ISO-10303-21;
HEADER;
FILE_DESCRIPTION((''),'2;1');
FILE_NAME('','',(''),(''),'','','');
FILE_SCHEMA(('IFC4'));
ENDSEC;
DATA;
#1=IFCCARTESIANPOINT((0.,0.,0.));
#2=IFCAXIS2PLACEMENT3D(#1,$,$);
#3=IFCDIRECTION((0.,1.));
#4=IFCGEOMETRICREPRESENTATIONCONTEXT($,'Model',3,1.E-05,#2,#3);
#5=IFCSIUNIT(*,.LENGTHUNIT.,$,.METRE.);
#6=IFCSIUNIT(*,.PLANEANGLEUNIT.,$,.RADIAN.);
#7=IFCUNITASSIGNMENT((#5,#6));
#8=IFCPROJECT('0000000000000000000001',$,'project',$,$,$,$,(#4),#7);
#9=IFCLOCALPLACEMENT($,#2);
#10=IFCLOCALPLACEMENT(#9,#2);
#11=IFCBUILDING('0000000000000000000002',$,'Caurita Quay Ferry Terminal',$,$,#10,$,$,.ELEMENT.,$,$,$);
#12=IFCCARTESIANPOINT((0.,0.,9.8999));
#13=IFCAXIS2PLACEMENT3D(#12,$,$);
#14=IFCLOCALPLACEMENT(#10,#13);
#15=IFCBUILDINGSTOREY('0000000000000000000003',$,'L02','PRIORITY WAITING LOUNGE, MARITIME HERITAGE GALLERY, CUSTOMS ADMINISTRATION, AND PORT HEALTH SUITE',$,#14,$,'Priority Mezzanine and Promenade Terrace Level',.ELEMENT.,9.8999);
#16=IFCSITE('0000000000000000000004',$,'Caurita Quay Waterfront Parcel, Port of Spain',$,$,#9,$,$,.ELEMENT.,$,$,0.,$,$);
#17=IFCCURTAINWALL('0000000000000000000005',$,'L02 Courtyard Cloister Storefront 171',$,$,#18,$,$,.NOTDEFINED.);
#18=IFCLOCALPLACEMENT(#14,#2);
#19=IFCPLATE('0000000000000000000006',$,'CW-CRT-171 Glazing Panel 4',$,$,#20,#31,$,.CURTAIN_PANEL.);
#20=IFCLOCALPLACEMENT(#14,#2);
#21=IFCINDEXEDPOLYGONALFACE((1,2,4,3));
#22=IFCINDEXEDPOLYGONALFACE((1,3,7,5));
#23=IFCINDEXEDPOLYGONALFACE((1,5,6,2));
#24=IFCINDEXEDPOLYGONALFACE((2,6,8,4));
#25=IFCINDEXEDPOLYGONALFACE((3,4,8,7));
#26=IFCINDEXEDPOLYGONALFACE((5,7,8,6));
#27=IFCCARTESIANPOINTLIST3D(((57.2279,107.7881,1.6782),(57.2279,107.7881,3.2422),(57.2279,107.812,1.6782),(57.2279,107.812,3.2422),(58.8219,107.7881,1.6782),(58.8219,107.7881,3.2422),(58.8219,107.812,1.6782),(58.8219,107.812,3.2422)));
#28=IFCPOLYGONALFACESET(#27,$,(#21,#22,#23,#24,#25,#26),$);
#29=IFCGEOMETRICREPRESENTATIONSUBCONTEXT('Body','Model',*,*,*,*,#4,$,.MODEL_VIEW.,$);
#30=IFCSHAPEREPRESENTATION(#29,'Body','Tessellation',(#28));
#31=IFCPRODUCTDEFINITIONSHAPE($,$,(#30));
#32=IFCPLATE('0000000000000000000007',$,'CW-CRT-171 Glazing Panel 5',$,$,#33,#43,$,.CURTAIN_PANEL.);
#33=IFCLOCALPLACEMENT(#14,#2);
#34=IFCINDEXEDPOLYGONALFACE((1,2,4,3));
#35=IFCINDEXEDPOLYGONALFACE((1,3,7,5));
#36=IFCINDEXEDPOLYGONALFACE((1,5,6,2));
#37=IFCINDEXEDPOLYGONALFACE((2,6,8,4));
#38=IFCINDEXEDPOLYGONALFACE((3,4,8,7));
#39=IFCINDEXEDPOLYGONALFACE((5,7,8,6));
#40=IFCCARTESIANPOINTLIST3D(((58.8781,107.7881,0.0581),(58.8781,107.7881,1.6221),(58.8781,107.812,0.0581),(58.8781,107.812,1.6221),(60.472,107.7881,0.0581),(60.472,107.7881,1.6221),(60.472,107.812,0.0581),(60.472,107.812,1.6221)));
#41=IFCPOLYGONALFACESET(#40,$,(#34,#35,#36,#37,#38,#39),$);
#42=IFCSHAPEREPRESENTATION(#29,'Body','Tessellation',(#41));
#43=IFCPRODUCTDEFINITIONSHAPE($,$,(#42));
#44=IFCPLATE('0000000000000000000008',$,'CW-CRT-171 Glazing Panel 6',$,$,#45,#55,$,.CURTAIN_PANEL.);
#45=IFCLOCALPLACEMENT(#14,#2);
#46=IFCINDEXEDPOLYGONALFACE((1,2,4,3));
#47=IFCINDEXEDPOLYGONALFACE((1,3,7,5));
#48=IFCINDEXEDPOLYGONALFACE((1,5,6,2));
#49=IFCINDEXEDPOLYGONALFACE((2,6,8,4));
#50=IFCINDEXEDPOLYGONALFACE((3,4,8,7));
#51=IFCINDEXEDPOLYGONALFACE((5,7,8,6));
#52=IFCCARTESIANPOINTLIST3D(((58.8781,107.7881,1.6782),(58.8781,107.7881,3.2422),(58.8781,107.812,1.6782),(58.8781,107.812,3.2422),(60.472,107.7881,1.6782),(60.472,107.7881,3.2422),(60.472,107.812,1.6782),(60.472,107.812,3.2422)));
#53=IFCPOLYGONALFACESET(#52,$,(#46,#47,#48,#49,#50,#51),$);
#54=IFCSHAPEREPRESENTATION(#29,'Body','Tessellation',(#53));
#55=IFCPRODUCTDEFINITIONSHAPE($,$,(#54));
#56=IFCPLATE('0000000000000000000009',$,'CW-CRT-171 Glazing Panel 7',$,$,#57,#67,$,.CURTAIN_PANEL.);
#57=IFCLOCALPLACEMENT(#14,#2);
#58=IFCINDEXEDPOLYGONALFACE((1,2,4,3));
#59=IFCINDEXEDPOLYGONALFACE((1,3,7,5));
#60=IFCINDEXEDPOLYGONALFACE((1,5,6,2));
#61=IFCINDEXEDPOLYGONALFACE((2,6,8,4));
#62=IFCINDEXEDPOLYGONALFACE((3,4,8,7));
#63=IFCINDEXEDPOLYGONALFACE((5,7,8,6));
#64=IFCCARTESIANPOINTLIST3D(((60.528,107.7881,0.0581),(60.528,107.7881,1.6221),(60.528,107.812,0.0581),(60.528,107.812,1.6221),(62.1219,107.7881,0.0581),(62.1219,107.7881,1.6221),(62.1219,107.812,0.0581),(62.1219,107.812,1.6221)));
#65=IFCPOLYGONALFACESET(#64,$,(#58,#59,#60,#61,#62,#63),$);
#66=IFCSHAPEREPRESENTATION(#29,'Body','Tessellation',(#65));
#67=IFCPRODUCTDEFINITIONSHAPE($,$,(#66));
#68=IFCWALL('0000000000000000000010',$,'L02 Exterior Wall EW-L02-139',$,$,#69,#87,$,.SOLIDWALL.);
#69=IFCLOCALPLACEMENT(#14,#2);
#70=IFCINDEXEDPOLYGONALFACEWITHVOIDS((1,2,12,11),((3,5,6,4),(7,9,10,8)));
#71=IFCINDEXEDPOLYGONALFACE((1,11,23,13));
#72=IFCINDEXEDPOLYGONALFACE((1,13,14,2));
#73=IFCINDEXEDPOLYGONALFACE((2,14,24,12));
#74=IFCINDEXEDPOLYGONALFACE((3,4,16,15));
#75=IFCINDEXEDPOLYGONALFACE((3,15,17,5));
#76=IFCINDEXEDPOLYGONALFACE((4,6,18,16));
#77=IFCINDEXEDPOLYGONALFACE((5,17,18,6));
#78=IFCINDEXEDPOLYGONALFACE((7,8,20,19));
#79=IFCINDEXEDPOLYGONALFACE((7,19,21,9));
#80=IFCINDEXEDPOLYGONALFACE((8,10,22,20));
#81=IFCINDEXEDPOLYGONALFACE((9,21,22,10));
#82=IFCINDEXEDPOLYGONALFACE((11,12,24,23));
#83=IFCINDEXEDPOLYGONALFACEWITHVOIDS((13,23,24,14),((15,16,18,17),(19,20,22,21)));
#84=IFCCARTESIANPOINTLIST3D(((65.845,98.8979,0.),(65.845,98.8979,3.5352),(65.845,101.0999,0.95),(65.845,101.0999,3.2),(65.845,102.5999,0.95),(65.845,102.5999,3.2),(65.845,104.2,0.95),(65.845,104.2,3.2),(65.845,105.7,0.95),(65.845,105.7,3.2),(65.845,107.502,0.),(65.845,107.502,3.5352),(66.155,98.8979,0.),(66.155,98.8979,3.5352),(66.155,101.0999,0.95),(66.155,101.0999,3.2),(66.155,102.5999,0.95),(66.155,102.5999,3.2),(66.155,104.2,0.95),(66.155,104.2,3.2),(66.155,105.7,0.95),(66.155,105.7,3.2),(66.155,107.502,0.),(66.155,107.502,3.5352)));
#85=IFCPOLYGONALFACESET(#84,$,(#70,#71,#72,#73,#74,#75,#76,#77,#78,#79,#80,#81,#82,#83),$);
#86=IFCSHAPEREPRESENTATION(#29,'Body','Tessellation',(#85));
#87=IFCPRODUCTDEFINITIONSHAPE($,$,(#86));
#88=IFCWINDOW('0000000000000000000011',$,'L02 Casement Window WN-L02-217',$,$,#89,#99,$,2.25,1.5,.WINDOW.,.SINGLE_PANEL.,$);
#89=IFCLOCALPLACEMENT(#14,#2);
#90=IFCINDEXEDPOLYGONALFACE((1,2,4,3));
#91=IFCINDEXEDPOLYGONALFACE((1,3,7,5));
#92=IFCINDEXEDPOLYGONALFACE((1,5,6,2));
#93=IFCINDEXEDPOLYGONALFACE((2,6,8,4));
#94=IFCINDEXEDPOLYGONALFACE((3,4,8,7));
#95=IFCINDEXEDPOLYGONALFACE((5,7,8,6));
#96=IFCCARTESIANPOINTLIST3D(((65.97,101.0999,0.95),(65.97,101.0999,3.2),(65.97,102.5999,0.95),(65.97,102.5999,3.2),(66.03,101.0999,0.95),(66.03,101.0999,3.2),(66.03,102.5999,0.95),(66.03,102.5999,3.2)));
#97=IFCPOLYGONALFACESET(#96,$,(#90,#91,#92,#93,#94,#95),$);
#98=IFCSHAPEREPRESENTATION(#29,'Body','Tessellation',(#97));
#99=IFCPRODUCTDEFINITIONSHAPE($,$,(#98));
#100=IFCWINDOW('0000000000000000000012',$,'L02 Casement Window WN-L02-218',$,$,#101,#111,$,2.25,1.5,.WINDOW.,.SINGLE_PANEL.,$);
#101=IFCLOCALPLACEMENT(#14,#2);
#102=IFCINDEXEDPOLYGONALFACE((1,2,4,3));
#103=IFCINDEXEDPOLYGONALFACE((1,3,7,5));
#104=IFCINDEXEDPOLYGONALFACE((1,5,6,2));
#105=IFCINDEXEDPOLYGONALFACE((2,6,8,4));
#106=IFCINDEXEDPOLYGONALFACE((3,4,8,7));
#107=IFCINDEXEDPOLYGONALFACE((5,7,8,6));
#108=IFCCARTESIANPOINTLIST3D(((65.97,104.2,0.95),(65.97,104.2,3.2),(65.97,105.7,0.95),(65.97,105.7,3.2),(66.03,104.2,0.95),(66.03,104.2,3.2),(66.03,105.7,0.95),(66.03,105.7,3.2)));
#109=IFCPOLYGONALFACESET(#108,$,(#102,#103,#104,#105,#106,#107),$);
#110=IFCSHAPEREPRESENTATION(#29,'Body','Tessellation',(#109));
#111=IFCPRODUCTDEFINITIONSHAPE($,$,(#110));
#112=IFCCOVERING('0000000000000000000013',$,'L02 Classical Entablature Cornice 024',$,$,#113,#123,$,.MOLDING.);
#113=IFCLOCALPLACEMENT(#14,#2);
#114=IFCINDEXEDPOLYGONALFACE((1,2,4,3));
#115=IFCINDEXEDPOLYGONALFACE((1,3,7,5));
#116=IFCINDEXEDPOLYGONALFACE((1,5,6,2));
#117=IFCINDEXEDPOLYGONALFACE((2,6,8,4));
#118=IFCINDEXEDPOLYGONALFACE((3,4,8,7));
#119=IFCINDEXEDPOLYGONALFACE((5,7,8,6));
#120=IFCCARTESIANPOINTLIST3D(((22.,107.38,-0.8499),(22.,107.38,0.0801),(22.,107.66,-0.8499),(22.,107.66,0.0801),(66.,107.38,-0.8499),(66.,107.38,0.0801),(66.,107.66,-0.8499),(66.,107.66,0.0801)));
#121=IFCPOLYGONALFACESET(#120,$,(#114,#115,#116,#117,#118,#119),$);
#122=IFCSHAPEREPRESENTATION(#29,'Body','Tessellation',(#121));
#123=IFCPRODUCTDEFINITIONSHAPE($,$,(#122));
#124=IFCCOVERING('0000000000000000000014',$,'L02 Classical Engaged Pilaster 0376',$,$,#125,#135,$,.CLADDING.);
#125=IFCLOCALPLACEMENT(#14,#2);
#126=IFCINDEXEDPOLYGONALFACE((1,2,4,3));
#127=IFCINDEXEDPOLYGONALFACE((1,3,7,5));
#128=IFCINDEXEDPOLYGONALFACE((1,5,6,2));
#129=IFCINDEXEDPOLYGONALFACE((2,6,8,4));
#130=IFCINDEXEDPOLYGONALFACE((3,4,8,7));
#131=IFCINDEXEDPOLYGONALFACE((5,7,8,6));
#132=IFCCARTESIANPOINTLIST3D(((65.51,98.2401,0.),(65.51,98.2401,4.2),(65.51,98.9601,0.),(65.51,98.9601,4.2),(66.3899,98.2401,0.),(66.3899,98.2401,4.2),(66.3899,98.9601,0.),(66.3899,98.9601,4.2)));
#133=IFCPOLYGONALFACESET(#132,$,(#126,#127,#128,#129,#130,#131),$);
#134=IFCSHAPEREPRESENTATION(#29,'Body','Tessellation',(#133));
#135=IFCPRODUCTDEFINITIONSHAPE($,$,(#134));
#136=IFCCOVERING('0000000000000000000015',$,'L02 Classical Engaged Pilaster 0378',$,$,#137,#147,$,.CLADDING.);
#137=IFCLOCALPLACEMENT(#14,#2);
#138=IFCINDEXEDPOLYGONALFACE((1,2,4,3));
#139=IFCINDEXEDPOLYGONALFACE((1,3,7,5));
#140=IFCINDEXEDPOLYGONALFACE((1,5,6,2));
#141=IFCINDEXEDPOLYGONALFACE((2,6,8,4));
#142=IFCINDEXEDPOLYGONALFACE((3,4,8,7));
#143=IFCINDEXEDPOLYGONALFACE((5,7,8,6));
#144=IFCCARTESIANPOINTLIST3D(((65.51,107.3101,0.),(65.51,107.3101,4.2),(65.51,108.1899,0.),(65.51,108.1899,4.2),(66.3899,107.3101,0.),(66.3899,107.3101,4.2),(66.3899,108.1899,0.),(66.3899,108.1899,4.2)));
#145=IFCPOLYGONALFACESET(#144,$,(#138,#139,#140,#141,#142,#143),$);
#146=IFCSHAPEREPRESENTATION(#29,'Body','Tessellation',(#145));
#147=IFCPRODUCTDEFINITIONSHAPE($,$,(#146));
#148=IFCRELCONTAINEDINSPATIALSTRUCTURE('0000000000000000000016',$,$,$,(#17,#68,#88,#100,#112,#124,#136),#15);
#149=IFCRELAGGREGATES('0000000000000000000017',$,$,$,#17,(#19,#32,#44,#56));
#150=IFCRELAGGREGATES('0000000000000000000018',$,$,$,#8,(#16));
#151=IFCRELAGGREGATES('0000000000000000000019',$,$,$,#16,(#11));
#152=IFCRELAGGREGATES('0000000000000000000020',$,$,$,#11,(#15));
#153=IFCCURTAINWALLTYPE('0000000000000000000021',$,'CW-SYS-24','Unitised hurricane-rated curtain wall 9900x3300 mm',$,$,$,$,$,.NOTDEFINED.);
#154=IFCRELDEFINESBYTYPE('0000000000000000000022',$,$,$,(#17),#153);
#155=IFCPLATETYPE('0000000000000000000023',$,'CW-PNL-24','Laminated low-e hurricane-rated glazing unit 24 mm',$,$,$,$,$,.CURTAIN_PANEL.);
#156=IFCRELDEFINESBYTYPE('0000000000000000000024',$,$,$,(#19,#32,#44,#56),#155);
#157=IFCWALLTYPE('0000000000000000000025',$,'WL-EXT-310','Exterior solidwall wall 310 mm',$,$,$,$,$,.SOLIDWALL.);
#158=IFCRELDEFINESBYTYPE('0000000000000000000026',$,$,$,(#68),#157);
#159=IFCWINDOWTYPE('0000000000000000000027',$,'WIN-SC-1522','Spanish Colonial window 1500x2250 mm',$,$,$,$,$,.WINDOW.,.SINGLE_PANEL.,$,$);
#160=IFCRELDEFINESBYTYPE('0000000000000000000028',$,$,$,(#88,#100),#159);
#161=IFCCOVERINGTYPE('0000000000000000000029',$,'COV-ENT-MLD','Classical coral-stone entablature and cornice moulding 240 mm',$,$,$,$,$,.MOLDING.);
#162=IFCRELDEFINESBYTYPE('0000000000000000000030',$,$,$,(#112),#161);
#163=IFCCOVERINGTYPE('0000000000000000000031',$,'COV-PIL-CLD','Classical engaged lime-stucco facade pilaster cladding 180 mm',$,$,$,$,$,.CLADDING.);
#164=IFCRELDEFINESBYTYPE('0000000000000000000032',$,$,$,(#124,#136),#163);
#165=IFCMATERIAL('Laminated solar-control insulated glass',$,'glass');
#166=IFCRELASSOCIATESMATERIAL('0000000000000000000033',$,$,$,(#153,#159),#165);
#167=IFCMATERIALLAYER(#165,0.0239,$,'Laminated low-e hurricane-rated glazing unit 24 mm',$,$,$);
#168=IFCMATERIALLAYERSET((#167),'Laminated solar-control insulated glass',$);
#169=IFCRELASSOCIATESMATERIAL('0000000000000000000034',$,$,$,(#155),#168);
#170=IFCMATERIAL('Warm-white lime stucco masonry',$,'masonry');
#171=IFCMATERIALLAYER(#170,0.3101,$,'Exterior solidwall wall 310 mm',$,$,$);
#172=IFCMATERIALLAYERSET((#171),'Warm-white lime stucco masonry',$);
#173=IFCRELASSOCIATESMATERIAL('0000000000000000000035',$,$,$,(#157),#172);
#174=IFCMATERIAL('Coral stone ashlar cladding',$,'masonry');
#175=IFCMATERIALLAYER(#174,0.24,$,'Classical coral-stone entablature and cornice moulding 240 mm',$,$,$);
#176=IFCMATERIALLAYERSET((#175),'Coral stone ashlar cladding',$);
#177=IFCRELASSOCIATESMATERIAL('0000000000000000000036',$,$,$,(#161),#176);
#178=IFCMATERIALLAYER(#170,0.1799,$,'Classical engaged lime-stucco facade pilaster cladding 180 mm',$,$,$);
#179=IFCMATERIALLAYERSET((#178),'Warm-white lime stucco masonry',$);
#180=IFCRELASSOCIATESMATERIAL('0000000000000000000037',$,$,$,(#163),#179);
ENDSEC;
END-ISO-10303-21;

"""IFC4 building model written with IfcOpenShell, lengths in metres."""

from ifc_helpers import new_model, si_unit, direction, frame, frame_2d, origin, origin_2d, place, context, subcontext, project, spatial, rectangle, extrude, material, layer, layer_set, type_object, element, fill, aggregate, save


model = new_model("IFC4")

# Units and contexts
model_context = context("Model", 3, precision=1e-05, world=origin(), true_north=direction((0.0, 1.0)))
body_context = subcontext(model_context, "Body", "Model", "MODEL_VIEW")
ifc_project = project(units=[si_unit("LENGTHUNIT", "METRE"), si_unit("PLANEANGLEUNIT", "RADIAN")], contexts=[model_context])

# Site, building, storey
site_placement = place(None, origin())
site = spatial("IfcSite", under=ifc_project, at=site_placement, Name="Caurita Quay Waterfront Parcel, Port of Spain", CompositionType="ELEMENT", RefElevation=0.0)
building_placement = place(site_placement, origin())
building = spatial("IfcBuilding", under=site, at=building_placement, Name="Caurita Quay Ferry Terminal", CompositionType="ELEMENT")
storey_placement = place(building_placement, frame((0.0, 0.0, 9.8999)))
storey = spatial("IfcBuildingStorey", under=building, at=storey_placement, Name="L02", Description="PRIORITY WAITING LOUNGE, MARITIME HERITAGE GALLERY, CUSTOMS ADMINISTRATION, AND PORT HEALTH SUITE", LongName="Priority Mezzanine and Promenade Terrace Level", CompositionType="ELEMENT", Elevation=9.8999)

# Curtain wall, plates
ifc_material_1 = material(Name="Laminated solar-control insulated glass", Category="glass")
curtain_wall_type = type_object("IfcCurtainWallType", Name="CW-SYS-24", Description="Unitised hurricane-rated curtain wall 9900x3300 mm", PredefinedType="NOTDEFINED", material=ifc_material_1)
curtain_wall_placement = place(storey_placement, origin())
curtain_wall = element("IfcCurtainWall", 1, at=curtain_wall_placement, inside=storey, type_object=curtain_wall_type, Name="L02 Courtyard Cloister Storefront 171", PredefinedType="NOTDEFINED")
ifc_layer_1 = layer(ifc_material_1, 0.0239, Name="Laminated low-e hurricane-rated glazing unit 24 mm")
ifc_layer_set_1 = layer_set([ifc_layer_1], Name="Laminated solar-control insulated glass")
plate_type = type_object("IfcPlateType", Name="CW-PNL-24", Description="Laminated low-e hurricane-rated glazing unit 24 mm", PredefinedType="CURTAIN_PANEL", material=ifc_layer_set_1)
plate_1_placement = place(storey_placement, frame((58.0249, 107.8, 1.6782), z_axis=(0.0, 0.0, 1.0), x_axis=(1.0, 0.0, 0.0)))
plate_1 = element("IfcPlate", 2, at=plate_1_placement, type_object=plate_type, Name="CW-CRT-171 Glazing Panel 4", PredefinedType="CURTAIN_PANEL", context=body_context, shape_type="SweptSolid", body=[
    extrude(rectangle(XDim=1.594, YDim=0.0239, at=origin_2d()), origin(), (0.0, 0.0, 1.0), 1.564),
])
plate_2_placement = place(storey_placement, frame((59.675, 107.8, 0.0581), z_axis=(0.0, 0.0, 1.0), x_axis=(1.0, 0.0, 0.0)))
plate_2 = element("IfcPlate", 3, at=plate_2_placement, type_object=plate_type, Name="CW-CRT-171 Glazing Panel 5", PredefinedType="CURTAIN_PANEL", context=body_context, shape_type="SweptSolid", body=[
    extrude(rectangle(XDim=1.594, YDim=0.0239, at=origin_2d()), origin(), (0.0, 0.0, 1.0), 1.564),
])
plate_3_placement = place(storey_placement, frame((59.675, 107.8, 1.6782), z_axis=(0.0, 0.0, 1.0), x_axis=(1.0, 0.0, 0.0)))
plate_3 = element("IfcPlate", 4, at=plate_3_placement, type_object=plate_type, Name="CW-CRT-171 Glazing Panel 6", PredefinedType="CURTAIN_PANEL", context=body_context, shape_type="SweptSolid", body=[
    extrude(rectangle(XDim=1.594, YDim=0.0239, at=origin_2d()), origin(), (0.0, 0.0, 1.0), 1.564),
])
plate_4_placement = place(storey_placement, frame((61.325, 107.8, 0.0581), z_axis=(0.0, 0.0, 1.0), x_axis=(1.0, 0.0, 0.0)))
plate_4 = element("IfcPlate", 5, at=plate_4_placement, type_object=plate_type, Name="CW-CRT-171 Glazing Panel 7", PredefinedType="CURTAIN_PANEL", context=body_context, shape_type="SweptSolid", body=[
    extrude(rectangle(XDim=1.594, YDim=0.0239, at=origin_2d()), origin(), (0.0, 0.0, 1.0), 1.564),
])
aggregate(curtain_wall, [plate_1, plate_2, plate_3, plate_4])

# Wall, openings, windows
ifc_material_2 = material(Name="Warm-white lime stucco masonry", Category="masonry")
ifc_layer_2 = layer(ifc_material_2, 0.3101, Name="Exterior solidwall wall 310 mm")
ifc_layer_set_2 = layer_set([ifc_layer_2], Name="Warm-white lime stucco masonry")
wall_type = type_object("IfcWallType", Name="WL-EXT-310", Description="Exterior solidwall wall 310 mm", PredefinedType="SOLIDWALL", material=ifc_layer_set_2)
wall_placement = place(storey_placement, frame((66.0, 98.8979, 0.0), z_axis=(0.0, 0.0, 1.0), x_axis=(0.0, 1.0, 0.0)))
wall = element("IfcWall", 6, at=wall_placement, inside=storey, type_object=wall_type, Name="L02 Exterior Wall EW-L02-139", PredefinedType="SOLIDWALL", context=body_context, shape_type="SweptSolid", body=[
    extrude(rectangle(XDim=8.604, YDim=0.3101, at=frame_2d((4.302, 0.0))), origin(), (0.0, 0.0, 1.0), 3.5352),
])
opening_1_placement = place(wall_placement, frame((2.2019, 0.0, 0.95)))
opening_1 = element("IfcOpeningElement", 7, at=opening_1_placement, cuts=wall, PredefinedType="OPENING", context=body_context, shape_type="SweptSolid", body=[
    extrude(rectangle(XDim=1.5, YDim=2.25, at=frame_2d((0.75, 1.125))), frame((0.0, 0.165, 0.0), z_axis=(0.0, -1.0, 0.0), x_axis=(1.0, 0.0, 0.0)), (0.0, 0.0, 1.0), 0.3301),
])
opening_2_placement = place(wall_placement, frame((5.302, 0.0, 0.95)))
opening_2 = element("IfcOpeningElement", 8, at=opening_2_placement, cuts=wall, PredefinedType="OPENING", context=body_context, shape_type="SweptSolid", body=[
    extrude(rectangle(XDim=1.5, YDim=2.25, at=frame_2d((0.75, 1.125))), frame((0.0, 0.165, 0.0), z_axis=(0.0, -1.0, 0.0), x_axis=(1.0, 0.0, 0.0)), (0.0, 0.0, 1.0), 0.3301),
])
window_type = type_object("IfcWindowType", Name="WIN-SC-1522", Description="Spanish Colonial window 1500x2250 mm", PartitioningType="SINGLE_PANEL", PredefinedType="WINDOW", material=ifc_material_1)
window_1_placement = place(opening_1_placement, origin())
window_1 = element("IfcWindow", 9, at=window_1_placement, inside=storey, type_object=window_type, Name="L02 Casement Window WN-L02-217", OverallHeight=2.25, OverallWidth=1.5, PartitioningType="SINGLE_PANEL", PredefinedType="WINDOW", context=body_context, shape_type="SweptSolid", body=[
    extrude(rectangle(XDim=1.5, YDim=2.25, at=frame_2d((0.75, 1.125))), frame((0.0, 0.03, 0.0), z_axis=(0.0, -1.0, 0.0), x_axis=(1.0, 0.0, 0.0)), (0.0, 0.0, 1.0), 0.0601),
])
fill(opening_1, window_1)
window_2_placement = place(opening_2_placement, origin())
window_2 = element("IfcWindow", 10, at=window_2_placement, inside=storey, type_object=window_type, Name="L02 Casement Window WN-L02-218", OverallHeight=2.25, OverallWidth=1.5, PartitioningType="SINGLE_PANEL", PredefinedType="WINDOW", context=body_context, shape_type="SweptSolid", body=[
    extrude(rectangle(XDim=1.5, YDim=2.25, at=frame_2d((0.75, 1.125))), frame((0.0, 0.03, 0.0), z_axis=(0.0, -1.0, 0.0), x_axis=(1.0, 0.0, 0.0)), (0.0, 0.0, 1.0), 0.0601),
])
fill(opening_2, window_2)

# Coverings
ifc_material_3 = material(Name="Coral stone ashlar cladding", Category="masonry")
ifc_layer_3 = layer(ifc_material_3, 0.24, Name="Classical coral-stone entablature and cornice moulding 240 mm")
ifc_layer_set_3 = layer_set([ifc_layer_3], Name="Coral stone ashlar cladding")
covering_type_1 = type_object("IfcCoveringType", Name="COV-ENT-MLD", Description="Classical coral-stone entablature and cornice moulding 240 mm", PredefinedType="MOLDING", material=ifc_layer_set_3)
covering_1_placement = place(storey_placement, frame((66.0, 107.52, -0.8499), z_axis=(0.0, 0.0, 1.0), x_axis=(-1.0, 0.0, 0.0)))
element("IfcCovering", 11, at=covering_1_placement, inside=storey, type_object=covering_type_1, Name="L02 Classical Entablature Cornice 024", PredefinedType="MOLDING", context=body_context, shape_type="SweptSolid", body=[
    extrude(rectangle(XDim=44.0, YDim=0.28, at=frame_2d((22.0, 0.0))), origin(), (0.0, 0.0, 1.0), 0.9299),
])
ifc_layer_4 = layer(ifc_material_2, 0.1799, Name="Classical engaged lime-stucco facade pilaster cladding 180 mm")
ifc_layer_set_4 = layer_set([ifc_layer_4], Name="Warm-white lime stucco masonry")
covering_type_2 = type_object("IfcCoveringType", Name="COV-PIL-CLD", Description="Classical engaged lime-stucco facade pilaster cladding 180 mm", PredefinedType="CLADDING", material=ifc_layer_set_4)
covering_2_placement = place(storey_placement, frame((65.95, 98.6001, 0.0), z_axis=(0.0, 0.0, 1.0), x_axis=(1.0, 0.0, 0.0)))
element("IfcCovering", 12, at=covering_2_placement, inside=storey, type_object=covering_type_2, Name="L02 Classical Engaged Pilaster 0376", PredefinedType="CLADDING", context=body_context, shape_type="SweptSolid", body=[
    extrude(rectangle(XDim=0.8799, YDim=0.72, at=origin_2d()), origin(), (0.0, 0.0, 1.0), 4.2),
])
covering_3_placement = place(storey_placement, frame((65.95, 107.75, 0.0), z_axis=(0.0, 0.0, 1.0), x_axis=(1.0, 0.0, 0.0)))
element("IfcCovering", 13, at=covering_3_placement, inside=storey, type_object=covering_type_2, Name="L02 Classical Engaged Pilaster 0378", PredefinedType="CLADDING", context=body_context, shape_type="SweptSolid", body=[
    extrude(rectangle(XDim=0.8799, YDim=0.8799, at=origin_2d()), origin(), (0.0, 0.0, 1.0), 4.2),
])

save(model, "model.ifc")
